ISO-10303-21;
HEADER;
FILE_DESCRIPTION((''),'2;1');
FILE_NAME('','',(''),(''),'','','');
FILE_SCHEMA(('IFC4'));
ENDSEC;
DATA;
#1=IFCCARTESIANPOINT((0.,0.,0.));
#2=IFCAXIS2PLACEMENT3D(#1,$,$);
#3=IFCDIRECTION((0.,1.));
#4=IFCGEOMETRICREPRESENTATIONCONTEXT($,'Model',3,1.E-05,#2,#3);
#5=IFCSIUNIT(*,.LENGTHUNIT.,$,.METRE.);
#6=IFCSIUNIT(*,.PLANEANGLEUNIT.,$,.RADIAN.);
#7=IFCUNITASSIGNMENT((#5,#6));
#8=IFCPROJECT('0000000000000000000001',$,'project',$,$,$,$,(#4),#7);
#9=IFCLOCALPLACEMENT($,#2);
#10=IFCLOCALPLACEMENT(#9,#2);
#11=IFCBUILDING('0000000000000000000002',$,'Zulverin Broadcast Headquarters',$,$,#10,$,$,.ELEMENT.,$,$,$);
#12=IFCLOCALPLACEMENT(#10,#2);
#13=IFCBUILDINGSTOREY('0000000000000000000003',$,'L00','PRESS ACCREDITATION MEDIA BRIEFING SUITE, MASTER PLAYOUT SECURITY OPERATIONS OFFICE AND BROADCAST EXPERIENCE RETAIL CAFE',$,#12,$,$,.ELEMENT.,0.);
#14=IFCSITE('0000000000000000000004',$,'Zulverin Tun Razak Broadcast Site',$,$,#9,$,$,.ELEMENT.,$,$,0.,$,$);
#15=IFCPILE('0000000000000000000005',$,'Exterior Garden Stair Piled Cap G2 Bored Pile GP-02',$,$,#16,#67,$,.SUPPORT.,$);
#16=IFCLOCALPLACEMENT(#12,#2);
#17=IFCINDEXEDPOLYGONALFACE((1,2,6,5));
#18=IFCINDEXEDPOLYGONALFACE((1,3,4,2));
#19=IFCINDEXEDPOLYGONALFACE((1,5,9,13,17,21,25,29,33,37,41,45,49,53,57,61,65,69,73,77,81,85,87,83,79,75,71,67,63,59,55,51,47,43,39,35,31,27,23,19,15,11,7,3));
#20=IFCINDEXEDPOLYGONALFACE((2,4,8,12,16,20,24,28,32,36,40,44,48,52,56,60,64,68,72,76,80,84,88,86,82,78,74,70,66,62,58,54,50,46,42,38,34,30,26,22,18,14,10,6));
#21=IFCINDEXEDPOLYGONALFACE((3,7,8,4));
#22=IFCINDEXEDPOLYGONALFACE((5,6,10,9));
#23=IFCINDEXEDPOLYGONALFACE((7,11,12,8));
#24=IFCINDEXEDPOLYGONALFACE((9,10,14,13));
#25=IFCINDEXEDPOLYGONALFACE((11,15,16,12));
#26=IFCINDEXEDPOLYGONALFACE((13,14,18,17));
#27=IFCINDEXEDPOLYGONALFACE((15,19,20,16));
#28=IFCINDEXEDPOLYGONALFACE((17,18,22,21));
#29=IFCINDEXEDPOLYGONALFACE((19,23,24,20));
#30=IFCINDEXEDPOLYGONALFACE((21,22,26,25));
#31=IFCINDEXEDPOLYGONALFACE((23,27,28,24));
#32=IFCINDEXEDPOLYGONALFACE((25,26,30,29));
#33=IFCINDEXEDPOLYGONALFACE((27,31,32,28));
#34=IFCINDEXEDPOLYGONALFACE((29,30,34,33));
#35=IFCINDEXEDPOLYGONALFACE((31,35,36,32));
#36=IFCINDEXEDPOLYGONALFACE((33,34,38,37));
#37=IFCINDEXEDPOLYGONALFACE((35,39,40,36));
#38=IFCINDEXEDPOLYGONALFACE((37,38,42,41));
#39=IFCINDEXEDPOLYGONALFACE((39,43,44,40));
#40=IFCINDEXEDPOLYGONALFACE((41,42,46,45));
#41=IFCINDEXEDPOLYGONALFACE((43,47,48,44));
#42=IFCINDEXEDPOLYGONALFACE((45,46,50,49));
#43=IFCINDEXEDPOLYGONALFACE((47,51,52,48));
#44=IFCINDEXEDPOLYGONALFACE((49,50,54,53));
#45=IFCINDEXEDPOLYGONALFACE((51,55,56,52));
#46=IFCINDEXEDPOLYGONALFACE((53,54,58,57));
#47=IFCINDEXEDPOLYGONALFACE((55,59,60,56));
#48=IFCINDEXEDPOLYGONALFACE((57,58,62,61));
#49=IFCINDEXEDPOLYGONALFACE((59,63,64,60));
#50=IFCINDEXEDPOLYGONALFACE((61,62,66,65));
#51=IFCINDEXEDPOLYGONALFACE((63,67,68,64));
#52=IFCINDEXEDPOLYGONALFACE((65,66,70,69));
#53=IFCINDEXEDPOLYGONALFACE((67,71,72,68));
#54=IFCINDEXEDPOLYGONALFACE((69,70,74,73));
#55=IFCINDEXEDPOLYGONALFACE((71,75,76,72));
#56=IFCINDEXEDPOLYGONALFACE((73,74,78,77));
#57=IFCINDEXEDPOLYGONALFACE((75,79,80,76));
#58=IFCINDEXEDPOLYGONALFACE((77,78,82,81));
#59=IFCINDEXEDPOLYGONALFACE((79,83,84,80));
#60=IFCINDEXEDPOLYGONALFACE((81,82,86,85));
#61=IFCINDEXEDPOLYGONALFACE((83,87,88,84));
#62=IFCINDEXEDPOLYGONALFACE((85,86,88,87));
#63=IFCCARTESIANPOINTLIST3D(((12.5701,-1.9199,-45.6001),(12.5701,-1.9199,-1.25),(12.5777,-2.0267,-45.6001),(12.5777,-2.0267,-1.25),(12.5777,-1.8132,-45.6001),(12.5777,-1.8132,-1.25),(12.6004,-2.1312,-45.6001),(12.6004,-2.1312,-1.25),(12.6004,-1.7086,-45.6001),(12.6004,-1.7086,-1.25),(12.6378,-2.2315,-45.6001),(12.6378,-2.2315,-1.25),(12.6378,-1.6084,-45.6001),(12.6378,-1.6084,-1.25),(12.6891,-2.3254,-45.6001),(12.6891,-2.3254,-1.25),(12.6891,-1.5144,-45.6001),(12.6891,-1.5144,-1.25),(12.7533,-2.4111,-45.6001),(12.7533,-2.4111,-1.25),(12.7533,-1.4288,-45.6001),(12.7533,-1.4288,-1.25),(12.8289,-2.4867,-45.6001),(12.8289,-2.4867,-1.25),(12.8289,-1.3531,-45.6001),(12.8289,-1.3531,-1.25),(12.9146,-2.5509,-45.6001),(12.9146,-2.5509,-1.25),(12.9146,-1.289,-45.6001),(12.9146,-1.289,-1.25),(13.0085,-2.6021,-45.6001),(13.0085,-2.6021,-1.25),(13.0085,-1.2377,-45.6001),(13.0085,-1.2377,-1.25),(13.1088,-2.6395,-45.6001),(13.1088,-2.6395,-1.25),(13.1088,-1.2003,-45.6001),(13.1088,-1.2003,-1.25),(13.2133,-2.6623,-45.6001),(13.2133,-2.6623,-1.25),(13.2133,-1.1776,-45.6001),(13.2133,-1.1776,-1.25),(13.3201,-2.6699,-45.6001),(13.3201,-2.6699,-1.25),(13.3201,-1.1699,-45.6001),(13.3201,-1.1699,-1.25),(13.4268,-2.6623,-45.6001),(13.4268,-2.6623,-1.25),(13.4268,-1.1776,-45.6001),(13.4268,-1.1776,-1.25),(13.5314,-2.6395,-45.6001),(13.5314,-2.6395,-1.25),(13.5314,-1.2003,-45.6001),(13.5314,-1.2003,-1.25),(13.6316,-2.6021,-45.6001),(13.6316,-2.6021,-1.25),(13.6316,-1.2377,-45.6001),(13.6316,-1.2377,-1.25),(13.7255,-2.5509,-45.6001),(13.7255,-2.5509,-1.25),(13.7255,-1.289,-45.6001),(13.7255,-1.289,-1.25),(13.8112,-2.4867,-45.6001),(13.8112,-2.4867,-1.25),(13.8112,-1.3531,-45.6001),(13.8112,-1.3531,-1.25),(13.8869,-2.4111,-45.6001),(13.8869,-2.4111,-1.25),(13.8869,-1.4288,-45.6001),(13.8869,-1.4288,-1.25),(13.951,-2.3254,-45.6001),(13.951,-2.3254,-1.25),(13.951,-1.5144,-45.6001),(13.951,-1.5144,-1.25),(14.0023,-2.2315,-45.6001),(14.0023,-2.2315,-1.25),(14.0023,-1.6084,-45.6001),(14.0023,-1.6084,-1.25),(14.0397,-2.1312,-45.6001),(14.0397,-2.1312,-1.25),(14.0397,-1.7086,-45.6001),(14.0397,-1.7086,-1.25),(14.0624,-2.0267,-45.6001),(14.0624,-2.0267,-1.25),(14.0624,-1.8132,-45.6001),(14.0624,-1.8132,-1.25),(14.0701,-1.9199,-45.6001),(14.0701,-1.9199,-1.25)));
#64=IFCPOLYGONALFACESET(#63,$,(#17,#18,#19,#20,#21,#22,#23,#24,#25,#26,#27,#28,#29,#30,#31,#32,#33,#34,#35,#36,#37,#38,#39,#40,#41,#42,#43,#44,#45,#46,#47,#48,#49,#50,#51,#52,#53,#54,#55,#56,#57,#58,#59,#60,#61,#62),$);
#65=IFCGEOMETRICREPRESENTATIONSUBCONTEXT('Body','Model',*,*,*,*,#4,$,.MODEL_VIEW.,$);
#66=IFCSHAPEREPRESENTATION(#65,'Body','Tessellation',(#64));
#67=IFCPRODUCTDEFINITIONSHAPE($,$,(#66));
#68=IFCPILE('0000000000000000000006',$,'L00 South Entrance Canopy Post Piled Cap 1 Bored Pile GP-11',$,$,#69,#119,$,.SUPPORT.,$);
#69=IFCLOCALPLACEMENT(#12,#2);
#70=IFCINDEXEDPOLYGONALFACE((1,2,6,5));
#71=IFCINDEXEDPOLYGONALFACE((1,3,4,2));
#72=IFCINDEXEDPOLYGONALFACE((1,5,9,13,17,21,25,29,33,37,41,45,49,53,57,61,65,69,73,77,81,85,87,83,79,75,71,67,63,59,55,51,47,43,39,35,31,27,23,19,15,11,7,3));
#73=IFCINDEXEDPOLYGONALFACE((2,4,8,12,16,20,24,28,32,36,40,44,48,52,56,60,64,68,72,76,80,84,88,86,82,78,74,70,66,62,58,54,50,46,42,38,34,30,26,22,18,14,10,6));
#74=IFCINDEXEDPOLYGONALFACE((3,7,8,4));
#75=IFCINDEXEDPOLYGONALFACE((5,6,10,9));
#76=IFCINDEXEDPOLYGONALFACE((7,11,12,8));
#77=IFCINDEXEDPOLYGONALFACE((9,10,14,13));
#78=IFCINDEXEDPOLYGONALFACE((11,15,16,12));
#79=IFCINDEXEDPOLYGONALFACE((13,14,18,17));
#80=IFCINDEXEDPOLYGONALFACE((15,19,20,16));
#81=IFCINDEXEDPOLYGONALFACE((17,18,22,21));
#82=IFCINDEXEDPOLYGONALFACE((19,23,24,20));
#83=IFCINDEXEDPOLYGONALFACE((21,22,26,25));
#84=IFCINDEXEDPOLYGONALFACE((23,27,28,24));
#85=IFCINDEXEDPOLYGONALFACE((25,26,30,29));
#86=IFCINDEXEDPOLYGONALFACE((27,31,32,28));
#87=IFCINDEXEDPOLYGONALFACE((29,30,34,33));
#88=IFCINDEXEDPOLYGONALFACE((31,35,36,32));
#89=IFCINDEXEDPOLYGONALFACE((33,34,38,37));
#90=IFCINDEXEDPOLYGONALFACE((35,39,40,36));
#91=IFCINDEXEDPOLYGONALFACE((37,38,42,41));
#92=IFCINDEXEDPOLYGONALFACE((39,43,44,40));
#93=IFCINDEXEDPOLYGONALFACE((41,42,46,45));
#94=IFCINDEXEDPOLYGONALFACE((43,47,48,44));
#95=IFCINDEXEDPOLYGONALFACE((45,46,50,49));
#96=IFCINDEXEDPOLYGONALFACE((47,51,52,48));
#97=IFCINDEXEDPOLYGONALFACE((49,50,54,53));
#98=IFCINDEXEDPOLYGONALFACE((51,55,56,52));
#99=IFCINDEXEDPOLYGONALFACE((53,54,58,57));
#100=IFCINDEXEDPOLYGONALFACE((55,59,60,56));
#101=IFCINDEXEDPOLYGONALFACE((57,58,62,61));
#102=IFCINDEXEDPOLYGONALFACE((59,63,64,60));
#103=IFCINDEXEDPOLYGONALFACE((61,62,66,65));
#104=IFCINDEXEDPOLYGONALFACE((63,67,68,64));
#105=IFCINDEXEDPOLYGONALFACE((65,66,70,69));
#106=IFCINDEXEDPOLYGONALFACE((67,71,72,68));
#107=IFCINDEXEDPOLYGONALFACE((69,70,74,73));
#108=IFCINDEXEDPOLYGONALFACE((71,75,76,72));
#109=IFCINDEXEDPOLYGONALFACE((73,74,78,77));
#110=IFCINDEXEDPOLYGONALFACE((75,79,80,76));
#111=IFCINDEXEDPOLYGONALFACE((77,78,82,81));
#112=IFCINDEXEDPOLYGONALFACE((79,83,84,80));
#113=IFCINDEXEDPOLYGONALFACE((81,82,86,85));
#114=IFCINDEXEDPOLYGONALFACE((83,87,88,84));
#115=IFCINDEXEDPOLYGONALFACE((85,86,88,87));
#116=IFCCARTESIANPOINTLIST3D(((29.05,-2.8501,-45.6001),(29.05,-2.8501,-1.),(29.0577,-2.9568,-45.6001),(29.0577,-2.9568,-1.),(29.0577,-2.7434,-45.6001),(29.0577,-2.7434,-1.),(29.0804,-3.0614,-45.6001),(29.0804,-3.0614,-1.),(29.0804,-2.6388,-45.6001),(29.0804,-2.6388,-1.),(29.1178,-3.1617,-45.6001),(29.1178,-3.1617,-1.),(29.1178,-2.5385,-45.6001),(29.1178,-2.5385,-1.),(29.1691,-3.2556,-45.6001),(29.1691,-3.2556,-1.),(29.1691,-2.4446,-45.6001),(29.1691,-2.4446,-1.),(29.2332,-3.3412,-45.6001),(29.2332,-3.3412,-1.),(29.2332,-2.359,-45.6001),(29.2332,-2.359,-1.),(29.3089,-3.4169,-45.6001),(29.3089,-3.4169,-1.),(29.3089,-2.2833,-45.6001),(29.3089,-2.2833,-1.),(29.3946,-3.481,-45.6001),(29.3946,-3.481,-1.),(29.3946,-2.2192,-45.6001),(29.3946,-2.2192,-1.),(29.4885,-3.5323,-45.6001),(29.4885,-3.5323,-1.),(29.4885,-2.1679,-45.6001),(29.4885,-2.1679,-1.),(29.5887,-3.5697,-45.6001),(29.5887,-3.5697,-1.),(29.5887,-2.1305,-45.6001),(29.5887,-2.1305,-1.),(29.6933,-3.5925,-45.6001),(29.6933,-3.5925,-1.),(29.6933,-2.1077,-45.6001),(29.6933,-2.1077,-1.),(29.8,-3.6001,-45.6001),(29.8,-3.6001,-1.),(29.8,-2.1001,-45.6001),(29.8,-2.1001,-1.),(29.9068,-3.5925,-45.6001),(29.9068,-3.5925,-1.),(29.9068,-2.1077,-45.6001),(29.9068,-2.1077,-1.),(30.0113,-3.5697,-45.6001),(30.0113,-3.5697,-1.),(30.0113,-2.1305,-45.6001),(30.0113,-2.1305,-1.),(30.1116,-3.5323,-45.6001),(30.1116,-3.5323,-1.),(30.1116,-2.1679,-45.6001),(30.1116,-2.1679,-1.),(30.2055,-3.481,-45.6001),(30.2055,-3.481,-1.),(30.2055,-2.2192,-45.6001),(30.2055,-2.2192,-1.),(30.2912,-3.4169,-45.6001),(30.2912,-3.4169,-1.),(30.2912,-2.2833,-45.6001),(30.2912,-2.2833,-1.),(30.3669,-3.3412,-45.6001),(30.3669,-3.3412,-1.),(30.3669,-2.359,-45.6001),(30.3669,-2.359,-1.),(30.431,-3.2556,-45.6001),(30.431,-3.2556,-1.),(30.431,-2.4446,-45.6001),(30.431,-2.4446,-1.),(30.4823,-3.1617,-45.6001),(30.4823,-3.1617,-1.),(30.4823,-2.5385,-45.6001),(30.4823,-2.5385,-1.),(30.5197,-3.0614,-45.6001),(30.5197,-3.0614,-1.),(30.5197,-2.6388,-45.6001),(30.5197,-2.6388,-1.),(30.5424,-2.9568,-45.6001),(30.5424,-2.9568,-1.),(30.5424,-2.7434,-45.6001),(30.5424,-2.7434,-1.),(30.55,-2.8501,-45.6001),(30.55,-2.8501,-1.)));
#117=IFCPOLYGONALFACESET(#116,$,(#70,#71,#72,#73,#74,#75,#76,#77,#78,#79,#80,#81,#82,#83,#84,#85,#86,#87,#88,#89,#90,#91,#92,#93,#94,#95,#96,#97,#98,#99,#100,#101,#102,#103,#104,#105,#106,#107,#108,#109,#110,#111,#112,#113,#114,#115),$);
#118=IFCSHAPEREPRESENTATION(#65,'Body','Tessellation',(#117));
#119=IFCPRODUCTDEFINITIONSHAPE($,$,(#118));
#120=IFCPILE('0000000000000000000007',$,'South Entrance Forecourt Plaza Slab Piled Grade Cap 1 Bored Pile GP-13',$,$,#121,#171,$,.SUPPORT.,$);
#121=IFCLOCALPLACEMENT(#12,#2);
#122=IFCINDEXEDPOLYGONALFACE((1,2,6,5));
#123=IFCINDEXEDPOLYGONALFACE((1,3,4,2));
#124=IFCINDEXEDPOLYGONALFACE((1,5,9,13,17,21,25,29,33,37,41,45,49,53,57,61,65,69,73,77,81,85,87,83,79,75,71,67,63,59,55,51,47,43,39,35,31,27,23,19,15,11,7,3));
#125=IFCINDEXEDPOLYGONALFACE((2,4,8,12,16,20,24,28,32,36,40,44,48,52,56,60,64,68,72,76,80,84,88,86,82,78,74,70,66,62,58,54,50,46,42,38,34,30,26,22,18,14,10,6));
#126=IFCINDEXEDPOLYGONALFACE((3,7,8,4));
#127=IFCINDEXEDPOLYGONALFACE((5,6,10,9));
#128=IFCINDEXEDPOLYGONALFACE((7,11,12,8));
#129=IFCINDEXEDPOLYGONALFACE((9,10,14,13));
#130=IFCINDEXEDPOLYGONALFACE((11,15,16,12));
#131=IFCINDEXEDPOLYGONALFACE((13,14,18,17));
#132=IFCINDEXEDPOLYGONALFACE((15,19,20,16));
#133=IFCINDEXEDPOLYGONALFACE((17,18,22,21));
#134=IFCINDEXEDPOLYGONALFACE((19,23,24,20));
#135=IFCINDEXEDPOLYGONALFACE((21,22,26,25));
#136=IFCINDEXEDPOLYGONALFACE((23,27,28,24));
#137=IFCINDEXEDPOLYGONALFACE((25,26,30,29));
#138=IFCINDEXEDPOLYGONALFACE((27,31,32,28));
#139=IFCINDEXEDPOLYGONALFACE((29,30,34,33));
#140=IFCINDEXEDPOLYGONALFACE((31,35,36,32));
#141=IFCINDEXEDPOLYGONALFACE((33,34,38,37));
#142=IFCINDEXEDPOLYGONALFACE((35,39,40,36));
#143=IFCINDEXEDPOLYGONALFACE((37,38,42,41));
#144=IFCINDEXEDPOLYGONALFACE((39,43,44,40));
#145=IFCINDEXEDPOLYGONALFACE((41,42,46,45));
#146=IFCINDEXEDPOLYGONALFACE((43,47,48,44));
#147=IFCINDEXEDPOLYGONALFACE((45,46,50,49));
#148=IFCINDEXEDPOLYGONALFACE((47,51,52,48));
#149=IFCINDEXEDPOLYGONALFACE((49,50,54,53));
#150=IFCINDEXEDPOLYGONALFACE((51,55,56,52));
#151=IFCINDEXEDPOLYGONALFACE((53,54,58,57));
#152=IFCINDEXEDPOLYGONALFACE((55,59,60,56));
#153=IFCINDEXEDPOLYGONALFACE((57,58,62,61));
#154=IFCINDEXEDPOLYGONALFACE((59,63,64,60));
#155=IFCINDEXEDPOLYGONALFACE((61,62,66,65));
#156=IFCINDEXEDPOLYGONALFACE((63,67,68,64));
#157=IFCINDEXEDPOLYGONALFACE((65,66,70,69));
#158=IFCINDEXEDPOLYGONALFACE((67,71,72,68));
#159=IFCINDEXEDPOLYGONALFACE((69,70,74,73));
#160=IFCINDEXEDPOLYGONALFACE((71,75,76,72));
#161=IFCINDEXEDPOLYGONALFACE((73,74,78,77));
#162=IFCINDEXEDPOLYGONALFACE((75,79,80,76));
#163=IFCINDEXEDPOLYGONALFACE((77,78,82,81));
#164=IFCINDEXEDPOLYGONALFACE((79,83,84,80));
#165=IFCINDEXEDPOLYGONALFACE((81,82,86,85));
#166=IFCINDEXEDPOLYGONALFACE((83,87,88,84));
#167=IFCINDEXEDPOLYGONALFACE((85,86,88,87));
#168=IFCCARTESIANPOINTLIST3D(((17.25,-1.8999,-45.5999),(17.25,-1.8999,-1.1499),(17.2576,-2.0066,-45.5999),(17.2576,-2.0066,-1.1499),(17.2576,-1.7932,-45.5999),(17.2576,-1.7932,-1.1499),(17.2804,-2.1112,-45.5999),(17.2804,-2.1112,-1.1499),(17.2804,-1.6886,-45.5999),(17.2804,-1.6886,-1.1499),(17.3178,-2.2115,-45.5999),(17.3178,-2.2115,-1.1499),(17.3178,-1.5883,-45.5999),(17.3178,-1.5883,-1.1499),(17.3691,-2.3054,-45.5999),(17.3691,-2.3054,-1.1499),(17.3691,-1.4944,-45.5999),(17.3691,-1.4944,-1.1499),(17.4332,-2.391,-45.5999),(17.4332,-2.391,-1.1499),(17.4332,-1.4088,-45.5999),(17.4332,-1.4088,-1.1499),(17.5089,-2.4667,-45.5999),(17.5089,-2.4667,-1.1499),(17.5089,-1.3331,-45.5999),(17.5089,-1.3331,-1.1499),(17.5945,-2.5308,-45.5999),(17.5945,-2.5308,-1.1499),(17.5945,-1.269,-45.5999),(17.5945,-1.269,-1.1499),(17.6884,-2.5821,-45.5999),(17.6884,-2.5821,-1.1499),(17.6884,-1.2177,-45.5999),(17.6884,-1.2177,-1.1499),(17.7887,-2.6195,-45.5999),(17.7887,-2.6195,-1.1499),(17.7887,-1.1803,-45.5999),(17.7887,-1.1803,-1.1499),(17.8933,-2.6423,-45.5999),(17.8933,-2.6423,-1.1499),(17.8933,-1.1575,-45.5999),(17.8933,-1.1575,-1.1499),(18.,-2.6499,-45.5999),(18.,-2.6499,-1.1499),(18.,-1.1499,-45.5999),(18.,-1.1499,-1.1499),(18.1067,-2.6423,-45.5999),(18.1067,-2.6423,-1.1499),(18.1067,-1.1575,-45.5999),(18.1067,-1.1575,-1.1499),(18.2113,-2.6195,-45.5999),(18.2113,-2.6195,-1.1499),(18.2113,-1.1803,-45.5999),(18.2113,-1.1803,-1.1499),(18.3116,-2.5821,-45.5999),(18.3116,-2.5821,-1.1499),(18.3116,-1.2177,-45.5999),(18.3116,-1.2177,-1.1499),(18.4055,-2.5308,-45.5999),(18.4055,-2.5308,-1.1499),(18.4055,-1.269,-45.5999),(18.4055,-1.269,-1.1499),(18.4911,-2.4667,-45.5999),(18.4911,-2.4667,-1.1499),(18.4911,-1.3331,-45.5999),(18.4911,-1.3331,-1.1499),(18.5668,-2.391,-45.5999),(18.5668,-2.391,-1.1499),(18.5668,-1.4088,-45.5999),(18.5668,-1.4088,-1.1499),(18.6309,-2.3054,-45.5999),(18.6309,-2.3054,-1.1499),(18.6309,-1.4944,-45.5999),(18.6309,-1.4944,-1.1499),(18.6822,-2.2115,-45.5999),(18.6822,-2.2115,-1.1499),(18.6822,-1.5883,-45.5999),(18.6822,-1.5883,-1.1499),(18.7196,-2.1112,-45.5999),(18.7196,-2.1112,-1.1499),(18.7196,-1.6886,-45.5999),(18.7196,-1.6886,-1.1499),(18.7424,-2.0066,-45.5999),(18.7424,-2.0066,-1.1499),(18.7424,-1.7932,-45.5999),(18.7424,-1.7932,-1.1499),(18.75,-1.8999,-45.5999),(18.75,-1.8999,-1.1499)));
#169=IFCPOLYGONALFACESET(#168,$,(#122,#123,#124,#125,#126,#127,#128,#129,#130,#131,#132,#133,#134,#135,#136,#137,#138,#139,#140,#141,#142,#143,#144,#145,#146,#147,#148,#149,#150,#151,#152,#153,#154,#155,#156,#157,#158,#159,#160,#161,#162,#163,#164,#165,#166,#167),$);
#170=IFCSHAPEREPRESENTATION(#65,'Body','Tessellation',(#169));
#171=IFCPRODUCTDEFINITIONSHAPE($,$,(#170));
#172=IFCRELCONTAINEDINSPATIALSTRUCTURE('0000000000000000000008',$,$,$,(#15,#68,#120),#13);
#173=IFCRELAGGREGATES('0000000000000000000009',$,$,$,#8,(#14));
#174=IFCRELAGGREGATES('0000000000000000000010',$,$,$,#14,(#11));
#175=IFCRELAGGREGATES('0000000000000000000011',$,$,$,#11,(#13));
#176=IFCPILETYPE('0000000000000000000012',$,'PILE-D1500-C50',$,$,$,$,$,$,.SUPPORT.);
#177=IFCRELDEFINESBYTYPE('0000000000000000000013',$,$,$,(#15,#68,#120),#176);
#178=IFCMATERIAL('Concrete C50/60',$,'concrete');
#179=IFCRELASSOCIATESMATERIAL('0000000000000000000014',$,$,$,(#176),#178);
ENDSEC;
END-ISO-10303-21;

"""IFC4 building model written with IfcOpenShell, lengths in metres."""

from ifc_helpers import new_model, si_unit, direction, frame, origin, origin_2d, place, context, subcontext, project, spatial, circle, extrude, material, material_profile, profile_set, type_object, element, save


model = new_model("IFC4")

# Units and contexts
model_context = context("Model", 3, precision=1e-05, world=origin(), true_north=direction((0.0, 1.0)))
body_context = subcontext(model_context, "Body", "Model", "MODEL_VIEW")
ifc_project = project(units=[si_unit("LENGTHUNIT", "METRE"), si_unit("PLANEANGLEUNIT", "RADIAN")], contexts=[model_context])

# Site, building, storey
site_placement = place(None, origin())
site = spatial("IfcSite", under=ifc_project, at=site_placement, Name="Zulverin Tun Razak Broadcast Site", CompositionType="ELEMENT", RefElevation=0.0)
building_placement = place(site_placement, origin())
building = spatial("IfcBuilding", under=site, at=building_placement, Name="Zulverin Broadcast Headquarters", CompositionType="ELEMENT")
storey_placement = place(building_placement, origin())
storey = spatial("IfcBuildingStorey", under=building, at=storey_placement, Name="L00", Description="PRESS ACCREDITATION MEDIA BRIEFING SUITE, MASTER PLAYOUT SECURITY OPERATIONS OFFICE AND BROADCAST EXPERIENCE RETAIL CAFE", CompositionType="ELEMENT", Elevation=0.0)

# Piles
ifc_material_1 = material(Name="Concrete C50/60", Category="concrete")
ifc_material_profile_1 = material_profile(ifc_material_1, circle(Radius=0.75, at=origin_2d()), Name="Concrete C50/60", Category="concrete")
ifc_profile_set_1 = profile_set([ifc_material_profile_1], Name="Concrete C50/60")
pile_type = type_object("IfcPileType", Name="PILE-D1500-C50", PredefinedType="SUPPORT", material=ifc_profile_set_1)
pile_1_placement = place(storey_placement, frame((13.3201, -1.9199, -1.25), z_axis=(0.0, 0.0, -1.0), x_axis=(1.0, 0.0, 0.0)))
element("IfcPile", 1, at=pile_1_placement, inside=storey, type_object=pile_type, Name="Exterior Garden Stair Piled Cap G2 Bored Pile GP-02", PredefinedType="SUPPORT", context=body_context, shape_type="SweptSolid", body=[
    extrude(circle(Radius=0.75, at=origin_2d()), origin(), (0.0, 0.0, 1.0), 44.3501),
])
pile_2_placement = place(storey_placement, frame((29.8, -2.8501, -1.0), z_axis=(0.0, 0.0, -1.0), x_axis=(1.0, 0.0, 0.0)))
element("IfcPile", 2, at=pile_2_placement, inside=storey, type_object=pile_type, Name="L00 South Entrance Canopy Post Piled Cap 1 Bored Pile GP-11", PredefinedType="SUPPORT", context=body_context, shape_type="SweptSolid", body=[
    extrude(circle(Radius=0.75, at=origin_2d()), origin(), (0.0, 0.0, 1.0), 44.6001),
])
pile_3_placement = place(storey_placement, frame((18.0, -1.8999, -1.1499), z_axis=(0.0, 0.0, -1.0), x_axis=(1.0, 0.0, 0.0)))
element("IfcPile", 3, at=pile_3_placement, inside=storey, type_object=pile_type, Name="South Entrance Forecourt Plaza Slab Piled Grade Cap 1 Bored Pile GP-13", PredefinedType="SUPPORT", context=body_context, shape_type="SweptSolid", body=[
    extrude(circle(Radius=0.75, at=origin_2d()), origin(), (0.0, 0.0, 1.0), 44.45),
])

save(model, "model.ifc")
